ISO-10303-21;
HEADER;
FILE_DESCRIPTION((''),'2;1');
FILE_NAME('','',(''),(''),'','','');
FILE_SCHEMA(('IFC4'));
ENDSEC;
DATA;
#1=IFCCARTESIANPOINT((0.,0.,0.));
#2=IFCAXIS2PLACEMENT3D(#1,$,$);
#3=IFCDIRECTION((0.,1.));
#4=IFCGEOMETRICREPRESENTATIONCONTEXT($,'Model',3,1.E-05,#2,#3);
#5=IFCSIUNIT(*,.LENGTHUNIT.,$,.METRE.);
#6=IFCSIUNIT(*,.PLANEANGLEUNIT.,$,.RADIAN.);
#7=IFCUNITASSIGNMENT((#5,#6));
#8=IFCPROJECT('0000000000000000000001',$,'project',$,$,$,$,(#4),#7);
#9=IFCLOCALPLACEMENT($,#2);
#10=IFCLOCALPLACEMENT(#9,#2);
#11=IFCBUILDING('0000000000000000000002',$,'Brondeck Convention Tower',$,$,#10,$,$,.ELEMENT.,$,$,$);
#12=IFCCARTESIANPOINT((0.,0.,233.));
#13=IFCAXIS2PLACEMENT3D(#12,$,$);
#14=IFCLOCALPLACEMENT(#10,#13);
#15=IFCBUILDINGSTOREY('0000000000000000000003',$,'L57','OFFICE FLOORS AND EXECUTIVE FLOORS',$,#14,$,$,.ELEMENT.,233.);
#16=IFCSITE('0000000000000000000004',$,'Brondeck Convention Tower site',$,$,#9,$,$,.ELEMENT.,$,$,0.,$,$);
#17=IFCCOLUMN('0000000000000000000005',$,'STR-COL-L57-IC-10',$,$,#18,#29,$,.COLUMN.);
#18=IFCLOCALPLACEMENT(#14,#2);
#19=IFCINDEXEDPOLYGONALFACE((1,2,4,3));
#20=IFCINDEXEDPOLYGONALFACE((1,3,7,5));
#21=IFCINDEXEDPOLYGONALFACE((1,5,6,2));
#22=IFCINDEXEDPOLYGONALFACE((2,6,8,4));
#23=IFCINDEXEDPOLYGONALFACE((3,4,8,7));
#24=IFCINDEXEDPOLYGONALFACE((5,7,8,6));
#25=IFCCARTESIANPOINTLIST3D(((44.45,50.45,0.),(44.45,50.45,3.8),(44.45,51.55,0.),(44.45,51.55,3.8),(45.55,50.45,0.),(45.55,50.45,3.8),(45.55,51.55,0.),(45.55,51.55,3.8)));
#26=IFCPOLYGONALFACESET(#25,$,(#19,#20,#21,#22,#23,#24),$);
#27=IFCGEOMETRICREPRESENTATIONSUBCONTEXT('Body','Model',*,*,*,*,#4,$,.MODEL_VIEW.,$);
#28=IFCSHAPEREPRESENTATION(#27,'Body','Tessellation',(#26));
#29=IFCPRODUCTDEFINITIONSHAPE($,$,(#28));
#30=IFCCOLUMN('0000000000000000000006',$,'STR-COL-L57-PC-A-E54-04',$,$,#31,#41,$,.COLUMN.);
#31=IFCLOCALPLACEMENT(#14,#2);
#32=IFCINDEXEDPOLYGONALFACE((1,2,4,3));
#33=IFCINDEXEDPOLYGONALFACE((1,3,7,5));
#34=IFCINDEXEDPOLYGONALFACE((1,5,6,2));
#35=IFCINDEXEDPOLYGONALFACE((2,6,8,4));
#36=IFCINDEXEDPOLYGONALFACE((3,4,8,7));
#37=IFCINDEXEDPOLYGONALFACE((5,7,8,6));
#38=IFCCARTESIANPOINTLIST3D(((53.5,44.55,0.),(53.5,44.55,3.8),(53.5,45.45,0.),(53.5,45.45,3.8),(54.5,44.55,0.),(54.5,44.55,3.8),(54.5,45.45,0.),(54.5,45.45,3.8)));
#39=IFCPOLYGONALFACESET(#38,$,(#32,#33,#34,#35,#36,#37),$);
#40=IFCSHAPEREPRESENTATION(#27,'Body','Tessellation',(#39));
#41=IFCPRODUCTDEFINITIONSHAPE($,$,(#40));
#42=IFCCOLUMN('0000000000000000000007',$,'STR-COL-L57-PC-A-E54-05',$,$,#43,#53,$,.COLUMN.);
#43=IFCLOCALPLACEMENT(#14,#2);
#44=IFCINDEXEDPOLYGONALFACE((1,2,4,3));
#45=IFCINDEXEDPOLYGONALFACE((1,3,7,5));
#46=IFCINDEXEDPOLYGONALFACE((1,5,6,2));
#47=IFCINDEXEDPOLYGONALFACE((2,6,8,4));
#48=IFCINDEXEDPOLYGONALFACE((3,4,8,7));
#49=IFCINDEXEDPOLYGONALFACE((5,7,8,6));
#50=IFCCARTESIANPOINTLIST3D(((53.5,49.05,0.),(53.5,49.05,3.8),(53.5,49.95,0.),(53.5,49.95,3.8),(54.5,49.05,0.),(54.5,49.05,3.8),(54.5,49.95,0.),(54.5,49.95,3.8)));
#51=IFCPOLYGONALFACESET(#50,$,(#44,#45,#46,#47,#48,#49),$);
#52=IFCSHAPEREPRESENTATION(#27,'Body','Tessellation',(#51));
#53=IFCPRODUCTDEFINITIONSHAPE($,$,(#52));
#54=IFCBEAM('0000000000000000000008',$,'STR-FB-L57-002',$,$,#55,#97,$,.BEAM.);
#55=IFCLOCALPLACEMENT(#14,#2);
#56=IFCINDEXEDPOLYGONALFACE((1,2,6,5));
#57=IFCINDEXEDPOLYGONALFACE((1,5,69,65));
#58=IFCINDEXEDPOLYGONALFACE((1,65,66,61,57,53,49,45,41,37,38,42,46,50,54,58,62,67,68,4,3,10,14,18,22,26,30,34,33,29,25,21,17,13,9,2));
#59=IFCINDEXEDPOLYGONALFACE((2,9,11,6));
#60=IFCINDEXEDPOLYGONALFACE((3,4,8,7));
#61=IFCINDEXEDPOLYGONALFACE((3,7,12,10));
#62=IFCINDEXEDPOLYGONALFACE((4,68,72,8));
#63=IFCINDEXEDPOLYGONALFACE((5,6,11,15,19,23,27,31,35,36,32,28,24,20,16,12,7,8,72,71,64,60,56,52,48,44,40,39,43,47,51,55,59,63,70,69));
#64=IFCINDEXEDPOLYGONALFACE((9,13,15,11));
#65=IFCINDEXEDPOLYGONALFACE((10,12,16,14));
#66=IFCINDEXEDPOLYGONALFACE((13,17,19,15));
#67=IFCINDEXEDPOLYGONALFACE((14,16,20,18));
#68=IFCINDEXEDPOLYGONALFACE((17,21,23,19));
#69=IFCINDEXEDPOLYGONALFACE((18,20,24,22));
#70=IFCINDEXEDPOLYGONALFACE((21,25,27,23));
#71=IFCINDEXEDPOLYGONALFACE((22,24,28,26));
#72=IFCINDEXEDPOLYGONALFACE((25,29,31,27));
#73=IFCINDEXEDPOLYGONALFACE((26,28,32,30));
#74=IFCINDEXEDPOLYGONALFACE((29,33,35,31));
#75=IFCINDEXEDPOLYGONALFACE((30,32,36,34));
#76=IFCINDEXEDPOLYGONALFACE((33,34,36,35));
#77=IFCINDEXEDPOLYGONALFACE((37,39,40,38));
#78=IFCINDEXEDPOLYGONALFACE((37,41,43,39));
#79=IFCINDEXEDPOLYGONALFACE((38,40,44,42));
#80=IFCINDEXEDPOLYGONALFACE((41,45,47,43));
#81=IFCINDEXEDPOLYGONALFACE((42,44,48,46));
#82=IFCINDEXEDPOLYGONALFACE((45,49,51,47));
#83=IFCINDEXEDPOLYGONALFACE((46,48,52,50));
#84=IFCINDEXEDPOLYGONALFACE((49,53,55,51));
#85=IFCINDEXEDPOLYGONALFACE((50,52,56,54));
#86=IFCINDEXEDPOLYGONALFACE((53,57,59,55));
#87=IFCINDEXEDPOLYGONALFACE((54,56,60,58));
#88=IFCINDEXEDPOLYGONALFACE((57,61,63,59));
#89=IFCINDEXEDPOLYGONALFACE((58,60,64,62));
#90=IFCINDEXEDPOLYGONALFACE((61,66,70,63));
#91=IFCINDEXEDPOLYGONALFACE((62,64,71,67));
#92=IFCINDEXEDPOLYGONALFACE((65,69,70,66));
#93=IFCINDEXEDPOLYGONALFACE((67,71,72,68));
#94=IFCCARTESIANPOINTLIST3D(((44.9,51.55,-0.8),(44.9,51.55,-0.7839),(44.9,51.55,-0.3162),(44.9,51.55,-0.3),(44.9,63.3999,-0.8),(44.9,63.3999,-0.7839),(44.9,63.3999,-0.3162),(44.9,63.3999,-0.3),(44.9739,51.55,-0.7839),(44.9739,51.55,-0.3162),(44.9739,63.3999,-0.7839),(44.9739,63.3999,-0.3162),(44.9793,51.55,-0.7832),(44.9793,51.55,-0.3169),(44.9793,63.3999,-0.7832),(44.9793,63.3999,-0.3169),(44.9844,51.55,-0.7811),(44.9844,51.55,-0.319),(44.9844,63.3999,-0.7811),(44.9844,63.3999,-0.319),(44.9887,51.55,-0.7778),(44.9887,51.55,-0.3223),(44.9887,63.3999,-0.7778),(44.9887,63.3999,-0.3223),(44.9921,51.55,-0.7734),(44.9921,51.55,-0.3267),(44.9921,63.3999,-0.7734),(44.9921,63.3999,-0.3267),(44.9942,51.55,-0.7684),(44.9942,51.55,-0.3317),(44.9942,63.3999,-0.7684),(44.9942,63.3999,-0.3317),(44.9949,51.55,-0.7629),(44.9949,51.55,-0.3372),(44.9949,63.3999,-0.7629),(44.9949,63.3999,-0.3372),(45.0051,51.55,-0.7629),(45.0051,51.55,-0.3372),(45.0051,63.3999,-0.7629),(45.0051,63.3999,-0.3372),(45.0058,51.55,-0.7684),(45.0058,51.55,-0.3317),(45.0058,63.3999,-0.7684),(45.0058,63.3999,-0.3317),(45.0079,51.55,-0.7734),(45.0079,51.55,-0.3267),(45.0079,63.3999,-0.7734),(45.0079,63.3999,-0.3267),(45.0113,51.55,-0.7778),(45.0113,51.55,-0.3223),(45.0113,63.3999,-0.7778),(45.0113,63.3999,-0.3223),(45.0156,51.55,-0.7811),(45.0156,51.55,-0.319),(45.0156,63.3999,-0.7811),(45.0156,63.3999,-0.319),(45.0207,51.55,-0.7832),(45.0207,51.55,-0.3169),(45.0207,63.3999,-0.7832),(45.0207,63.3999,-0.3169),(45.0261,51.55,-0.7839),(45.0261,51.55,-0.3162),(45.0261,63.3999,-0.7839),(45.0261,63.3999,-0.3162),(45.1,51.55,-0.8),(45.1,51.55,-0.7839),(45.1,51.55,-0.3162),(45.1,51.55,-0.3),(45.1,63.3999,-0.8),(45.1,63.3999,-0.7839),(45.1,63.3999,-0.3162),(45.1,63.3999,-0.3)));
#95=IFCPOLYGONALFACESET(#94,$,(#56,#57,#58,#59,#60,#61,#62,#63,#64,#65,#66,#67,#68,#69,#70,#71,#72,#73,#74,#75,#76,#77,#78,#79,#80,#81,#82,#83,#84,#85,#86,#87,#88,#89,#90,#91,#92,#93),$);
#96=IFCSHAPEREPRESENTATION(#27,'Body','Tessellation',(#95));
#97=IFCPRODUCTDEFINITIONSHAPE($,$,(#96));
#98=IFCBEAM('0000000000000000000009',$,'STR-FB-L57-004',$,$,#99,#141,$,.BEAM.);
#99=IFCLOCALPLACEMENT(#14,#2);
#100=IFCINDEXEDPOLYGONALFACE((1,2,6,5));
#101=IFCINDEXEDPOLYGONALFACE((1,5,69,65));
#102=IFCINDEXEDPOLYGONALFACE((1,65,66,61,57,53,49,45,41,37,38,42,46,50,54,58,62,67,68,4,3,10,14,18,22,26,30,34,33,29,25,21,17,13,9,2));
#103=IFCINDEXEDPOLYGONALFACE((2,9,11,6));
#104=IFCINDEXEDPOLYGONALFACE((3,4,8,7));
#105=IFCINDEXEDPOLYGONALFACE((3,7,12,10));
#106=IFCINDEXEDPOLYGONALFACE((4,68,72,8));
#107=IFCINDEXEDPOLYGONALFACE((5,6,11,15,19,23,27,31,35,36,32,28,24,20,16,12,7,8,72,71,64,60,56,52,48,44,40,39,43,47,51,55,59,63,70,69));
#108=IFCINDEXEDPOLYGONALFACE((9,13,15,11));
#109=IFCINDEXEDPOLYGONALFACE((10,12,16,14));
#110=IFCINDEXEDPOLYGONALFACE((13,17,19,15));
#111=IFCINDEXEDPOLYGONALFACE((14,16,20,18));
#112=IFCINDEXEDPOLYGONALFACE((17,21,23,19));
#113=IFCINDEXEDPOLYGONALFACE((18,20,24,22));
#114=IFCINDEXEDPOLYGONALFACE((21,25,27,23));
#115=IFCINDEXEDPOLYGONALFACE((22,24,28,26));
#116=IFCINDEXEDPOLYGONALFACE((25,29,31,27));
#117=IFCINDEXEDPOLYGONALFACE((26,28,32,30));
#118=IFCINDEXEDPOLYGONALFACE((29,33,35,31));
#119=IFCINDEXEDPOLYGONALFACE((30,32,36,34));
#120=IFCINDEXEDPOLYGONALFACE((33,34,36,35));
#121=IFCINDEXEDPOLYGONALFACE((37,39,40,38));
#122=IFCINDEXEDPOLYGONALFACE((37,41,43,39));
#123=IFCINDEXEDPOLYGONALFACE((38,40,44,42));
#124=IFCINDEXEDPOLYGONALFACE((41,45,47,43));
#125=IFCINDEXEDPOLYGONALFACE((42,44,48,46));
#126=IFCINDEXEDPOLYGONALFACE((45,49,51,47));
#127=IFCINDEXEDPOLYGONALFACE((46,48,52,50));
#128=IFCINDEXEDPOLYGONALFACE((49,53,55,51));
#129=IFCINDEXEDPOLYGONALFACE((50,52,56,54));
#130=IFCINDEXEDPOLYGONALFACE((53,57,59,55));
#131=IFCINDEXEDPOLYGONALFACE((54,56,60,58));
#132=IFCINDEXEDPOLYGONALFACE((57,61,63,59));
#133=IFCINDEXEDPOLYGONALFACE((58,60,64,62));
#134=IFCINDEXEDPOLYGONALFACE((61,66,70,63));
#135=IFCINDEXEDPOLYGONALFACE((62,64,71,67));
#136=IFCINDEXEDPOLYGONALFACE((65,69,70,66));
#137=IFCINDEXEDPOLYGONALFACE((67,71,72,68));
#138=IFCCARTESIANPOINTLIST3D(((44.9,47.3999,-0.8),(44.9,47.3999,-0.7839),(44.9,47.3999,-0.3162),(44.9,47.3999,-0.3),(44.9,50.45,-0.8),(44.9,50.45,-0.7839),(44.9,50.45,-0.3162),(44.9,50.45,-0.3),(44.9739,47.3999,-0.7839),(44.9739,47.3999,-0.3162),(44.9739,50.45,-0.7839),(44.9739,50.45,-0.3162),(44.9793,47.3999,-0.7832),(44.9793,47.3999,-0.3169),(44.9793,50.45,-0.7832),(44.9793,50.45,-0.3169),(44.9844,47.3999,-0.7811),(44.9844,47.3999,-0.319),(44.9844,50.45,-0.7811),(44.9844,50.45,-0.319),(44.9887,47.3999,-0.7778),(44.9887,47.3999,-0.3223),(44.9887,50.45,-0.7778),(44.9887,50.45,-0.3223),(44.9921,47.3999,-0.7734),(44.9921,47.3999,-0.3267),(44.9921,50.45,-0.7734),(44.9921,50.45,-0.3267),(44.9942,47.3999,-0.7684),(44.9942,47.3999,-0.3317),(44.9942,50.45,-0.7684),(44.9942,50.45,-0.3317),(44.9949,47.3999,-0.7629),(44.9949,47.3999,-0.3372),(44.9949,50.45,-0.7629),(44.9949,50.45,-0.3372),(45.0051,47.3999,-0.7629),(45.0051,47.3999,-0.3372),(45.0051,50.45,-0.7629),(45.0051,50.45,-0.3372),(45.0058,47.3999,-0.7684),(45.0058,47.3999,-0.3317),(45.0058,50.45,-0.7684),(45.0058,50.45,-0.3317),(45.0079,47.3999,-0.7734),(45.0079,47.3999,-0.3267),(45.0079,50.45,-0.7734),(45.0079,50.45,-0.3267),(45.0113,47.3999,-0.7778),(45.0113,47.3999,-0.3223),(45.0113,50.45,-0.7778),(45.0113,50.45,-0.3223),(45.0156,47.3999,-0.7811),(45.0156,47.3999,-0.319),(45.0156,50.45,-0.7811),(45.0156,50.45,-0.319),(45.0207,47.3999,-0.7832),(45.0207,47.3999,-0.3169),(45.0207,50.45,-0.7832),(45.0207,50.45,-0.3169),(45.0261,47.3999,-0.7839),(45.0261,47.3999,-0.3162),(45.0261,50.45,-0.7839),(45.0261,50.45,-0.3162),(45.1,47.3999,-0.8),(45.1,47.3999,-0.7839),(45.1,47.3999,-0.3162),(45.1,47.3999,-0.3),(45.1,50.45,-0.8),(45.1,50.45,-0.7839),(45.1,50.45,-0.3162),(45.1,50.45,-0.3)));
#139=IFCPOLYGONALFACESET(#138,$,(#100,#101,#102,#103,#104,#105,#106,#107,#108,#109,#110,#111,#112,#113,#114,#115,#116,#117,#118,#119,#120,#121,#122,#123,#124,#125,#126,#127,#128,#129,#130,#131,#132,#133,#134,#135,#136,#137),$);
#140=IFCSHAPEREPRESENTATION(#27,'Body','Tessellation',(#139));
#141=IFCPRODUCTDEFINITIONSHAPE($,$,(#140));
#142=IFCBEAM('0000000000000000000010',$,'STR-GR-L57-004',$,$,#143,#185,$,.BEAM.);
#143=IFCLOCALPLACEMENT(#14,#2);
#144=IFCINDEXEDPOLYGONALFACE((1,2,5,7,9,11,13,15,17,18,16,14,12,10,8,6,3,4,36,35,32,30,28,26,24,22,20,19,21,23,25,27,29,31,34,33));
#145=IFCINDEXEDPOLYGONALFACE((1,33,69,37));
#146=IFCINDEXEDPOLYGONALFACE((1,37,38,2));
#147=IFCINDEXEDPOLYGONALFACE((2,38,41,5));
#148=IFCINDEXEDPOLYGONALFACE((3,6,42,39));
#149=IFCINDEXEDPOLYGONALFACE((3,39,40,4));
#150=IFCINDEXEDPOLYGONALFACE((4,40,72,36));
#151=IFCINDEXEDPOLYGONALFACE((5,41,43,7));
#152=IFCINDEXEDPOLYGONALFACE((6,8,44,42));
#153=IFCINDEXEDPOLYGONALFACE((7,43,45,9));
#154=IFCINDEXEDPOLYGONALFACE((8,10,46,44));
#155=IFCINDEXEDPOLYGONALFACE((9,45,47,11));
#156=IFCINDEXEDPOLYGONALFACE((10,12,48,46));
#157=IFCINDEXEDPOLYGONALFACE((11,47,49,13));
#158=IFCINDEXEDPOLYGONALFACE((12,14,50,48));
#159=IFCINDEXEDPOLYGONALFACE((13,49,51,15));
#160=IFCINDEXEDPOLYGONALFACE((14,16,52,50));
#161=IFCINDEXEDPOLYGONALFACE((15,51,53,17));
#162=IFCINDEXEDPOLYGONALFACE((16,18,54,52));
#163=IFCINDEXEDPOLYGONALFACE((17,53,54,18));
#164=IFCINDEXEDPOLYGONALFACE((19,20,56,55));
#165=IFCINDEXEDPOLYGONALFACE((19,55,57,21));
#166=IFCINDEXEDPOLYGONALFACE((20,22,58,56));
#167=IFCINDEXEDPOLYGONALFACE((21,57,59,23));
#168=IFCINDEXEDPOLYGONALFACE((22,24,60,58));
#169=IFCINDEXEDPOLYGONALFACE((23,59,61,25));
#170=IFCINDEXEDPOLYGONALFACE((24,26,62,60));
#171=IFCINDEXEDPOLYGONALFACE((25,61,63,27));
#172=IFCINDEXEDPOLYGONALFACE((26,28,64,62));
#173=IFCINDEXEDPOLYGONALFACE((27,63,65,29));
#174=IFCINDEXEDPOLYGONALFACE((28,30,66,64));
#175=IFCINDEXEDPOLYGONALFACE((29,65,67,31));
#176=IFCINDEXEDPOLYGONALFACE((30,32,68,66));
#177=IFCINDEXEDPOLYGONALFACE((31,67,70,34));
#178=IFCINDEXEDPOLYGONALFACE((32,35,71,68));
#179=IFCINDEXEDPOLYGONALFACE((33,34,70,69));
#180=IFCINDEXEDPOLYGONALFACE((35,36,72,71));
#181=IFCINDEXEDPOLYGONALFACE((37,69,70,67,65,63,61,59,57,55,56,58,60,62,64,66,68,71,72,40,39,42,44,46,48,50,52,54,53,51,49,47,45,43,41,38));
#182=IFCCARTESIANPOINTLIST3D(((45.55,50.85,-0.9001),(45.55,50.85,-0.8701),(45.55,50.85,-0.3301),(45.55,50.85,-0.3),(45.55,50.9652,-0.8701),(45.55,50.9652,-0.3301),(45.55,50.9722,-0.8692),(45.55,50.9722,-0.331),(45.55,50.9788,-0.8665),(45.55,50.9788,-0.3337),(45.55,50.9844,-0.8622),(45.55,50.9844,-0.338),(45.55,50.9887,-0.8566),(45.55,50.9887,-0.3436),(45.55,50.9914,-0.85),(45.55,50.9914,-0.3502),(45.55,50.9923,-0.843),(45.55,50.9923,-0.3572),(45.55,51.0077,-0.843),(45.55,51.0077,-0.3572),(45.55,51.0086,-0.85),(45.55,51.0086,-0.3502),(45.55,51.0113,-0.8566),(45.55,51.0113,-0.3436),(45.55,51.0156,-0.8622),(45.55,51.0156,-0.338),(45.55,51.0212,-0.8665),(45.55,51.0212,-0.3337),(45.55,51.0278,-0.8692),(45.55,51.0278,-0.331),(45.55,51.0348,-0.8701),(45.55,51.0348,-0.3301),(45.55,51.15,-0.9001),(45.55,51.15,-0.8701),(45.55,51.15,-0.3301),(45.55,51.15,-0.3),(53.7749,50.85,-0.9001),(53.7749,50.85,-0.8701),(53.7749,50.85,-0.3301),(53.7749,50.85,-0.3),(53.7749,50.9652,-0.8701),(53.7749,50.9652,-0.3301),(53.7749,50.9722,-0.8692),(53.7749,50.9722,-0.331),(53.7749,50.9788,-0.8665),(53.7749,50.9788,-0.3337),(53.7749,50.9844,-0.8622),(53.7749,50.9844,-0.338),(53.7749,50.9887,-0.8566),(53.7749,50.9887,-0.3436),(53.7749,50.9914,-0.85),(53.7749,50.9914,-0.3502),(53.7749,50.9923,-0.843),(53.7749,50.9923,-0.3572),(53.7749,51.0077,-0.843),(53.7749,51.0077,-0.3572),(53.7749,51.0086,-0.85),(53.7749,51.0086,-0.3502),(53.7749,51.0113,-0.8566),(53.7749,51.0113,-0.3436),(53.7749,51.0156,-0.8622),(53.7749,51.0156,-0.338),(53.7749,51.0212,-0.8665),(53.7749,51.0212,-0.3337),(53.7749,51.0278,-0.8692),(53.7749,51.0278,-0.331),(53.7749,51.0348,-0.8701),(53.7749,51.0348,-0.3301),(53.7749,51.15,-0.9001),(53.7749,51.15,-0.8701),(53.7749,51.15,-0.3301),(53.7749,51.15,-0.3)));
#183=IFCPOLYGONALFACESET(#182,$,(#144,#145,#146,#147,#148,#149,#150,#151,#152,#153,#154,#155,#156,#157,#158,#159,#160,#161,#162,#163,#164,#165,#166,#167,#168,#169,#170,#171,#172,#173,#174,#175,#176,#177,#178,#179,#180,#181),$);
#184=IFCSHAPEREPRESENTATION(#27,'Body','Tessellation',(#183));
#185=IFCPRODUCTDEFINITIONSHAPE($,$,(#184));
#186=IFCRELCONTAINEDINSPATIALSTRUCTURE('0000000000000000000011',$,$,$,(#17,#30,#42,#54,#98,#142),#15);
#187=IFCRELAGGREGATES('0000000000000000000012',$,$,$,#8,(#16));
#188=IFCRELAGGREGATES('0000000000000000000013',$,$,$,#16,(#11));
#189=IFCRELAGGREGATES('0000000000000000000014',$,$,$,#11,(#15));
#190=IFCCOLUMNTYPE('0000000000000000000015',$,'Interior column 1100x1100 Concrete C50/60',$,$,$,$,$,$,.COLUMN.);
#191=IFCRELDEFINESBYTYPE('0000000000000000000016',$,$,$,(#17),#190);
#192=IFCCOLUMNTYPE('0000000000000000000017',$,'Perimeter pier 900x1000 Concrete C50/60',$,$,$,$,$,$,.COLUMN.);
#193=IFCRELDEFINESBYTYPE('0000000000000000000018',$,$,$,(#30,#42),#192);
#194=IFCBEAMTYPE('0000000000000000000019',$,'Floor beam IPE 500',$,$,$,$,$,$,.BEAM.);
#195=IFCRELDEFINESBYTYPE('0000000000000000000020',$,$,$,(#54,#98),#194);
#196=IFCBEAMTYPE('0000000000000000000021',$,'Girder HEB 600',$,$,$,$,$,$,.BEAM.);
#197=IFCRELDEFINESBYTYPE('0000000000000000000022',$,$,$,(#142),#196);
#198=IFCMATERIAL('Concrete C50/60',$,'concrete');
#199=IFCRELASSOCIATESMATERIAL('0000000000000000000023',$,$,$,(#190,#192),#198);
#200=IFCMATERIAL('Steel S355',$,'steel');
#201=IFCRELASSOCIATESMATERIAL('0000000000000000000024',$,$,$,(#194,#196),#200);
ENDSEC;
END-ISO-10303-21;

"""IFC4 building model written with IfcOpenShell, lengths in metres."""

from ifc_helpers import new_model, si_unit, direction, frame, origin, origin_2d, place, context, subcontext, project, spatial, rectangle, i_section, extrude, material, material_profile, profile_set, type_object, element, save


model = new_model("IFC4")

# Units and contexts
model_context = context("Model", 3, precision=1e-05, world=origin(), true_north=direction((0.0, 1.0)))
body_context = subcontext(model_context, "Body", "Model", "MODEL_VIEW")
ifc_project = project(units=[si_unit("LENGTHUNIT", "METRE"), si_unit("PLANEANGLEUNIT", "RADIAN")], contexts=[model_context])

# Site, building, storey
site_placement = place(None, origin())
site = spatial("IfcSite", under=ifc_project, at=site_placement, Name="Brondeck Convention Tower site", CompositionType="ELEMENT", RefElevation=0.0)
building_placement = place(site_placement, origin())
building = spatial("IfcBuilding", under=site, at=building_placement, Name="Brondeck Convention Tower", CompositionType="ELEMENT")
storey_placement = place(building_placement, frame((0.0, 0.0, 233.0)))
storey = spatial("IfcBuildingStorey", under=building, at=storey_placement, Name="L57", Description="OFFICE FLOORS AND EXECUTIVE FLOORS", CompositionType="ELEMENT", Elevation=233.0)

# Columns
ifc_material_1 = material(Name="Concrete C50/60", Category="concrete")
ifc_material_profile_1 = material_profile(ifc_material_1, rectangle(XDim=1.1001, YDim=1.1001, at=origin_2d()), Name="Interior column 1100x1100 Concrete C50/60")
ifc_profile_set_1 = profile_set([ifc_material_profile_1], Name="Concrete C50/60")
column_type_1 = type_object("IfcColumnType", Name="Interior column 1100x1100 Concrete C50/60", PredefinedType="COLUMN", material=ifc_profile_set_1)
column_placement = place(storey_placement, frame((45.0, 51.0, 0.0), z_axis=(0.0, 0.0, 1.0), x_axis=(1.0, 0.0, 0.0)))
element("IfcColumn", 1, at=column_placement, inside=storey, type_object=column_type_1, Name="STR-COL-L57-IC-10", PredefinedType="COLUMN", context=body_context, shape_type="SweptSolid", body=[
    extrude(rectangle(XDim=1.1001, YDim=1.1001, at=origin_2d()), origin(), (0.0, 0.0, 1.0), 3.8),
])
ifc_material_profile_2 = material_profile(ifc_material_1, rectangle(XDim=0.8999, YDim=1.0, at=origin_2d()), Name="Perimeter pier 900x1000 Concrete C50/60")
ifc_profile_set_2 = profile_set([ifc_material_profile_2], Name="Concrete C50/60")
column_type_2 = type_object("IfcColumnType", Name="Perimeter pier 900x1000 Concrete C50/60", PredefinedType="COLUMN", material=ifc_profile_set_2)
for number, where, z_axis, x_axis, name in (
    (2, (54.0, 45.0, 0.0), (0.0, 0.0, 1.0), (0.0, 1.0, 0.0), "STR-COL-L57-PC-A-E54-04"),
    (3, (54.0, 49.5, 0.0), (0.0, 0.0, 1.0), (0.0, 1.0, 0.0), "STR-COL-L57-PC-A-E54-05"),
):
    element("IfcColumn", number, at=place(storey_placement, frame(where, z_axis=z_axis, x_axis=x_axis)), inside=storey, type_object=column_type_2, Name=name, PredefinedType="COLUMN", context=body_context, shape_type="SweptSolid", body=[
        extrude(rectangle(XDim=0.8999, YDim=1.0, at=origin_2d()), origin(), (0.0, 0.0, 1.0), 3.8),
    ])

# Beams
ifc_material_2 = material(Name="Steel S355", Category="steel")
ifc_material_profile_3 = material_profile(ifc_material_2, i_section(OverallWidth=0.2, OverallDepth=0.5, WebThickness=0.0103, FlangeThickness=0.0161, FilletRadius=0.021, at=origin_2d()), Name="IPE 500")
ifc_profile_set_3 = profile_set([ifc_material_profile_3], Name="Steel S355")
beam_type_1 = type_object("IfcBeamType", Name="Floor beam IPE 500", PredefinedType="BEAM", material=ifc_profile_set_3)
beam_1_placement = place(storey_placement, frame((45.0, 51.55, -0.55), z_axis=(0.0, 1.0, 0.0), x_axis=(-1.0, 0.0, 0.0)))
element("IfcBeam", 4, at=beam_1_placement, inside=storey, type_object=beam_type_1, Name="STR-FB-L57-002", PredefinedType="BEAM", context=body_context, shape_type="SweptSolid", body=[
    extrude(i_section(OverallWidth=0.2, OverallDepth=0.5, WebThickness=0.0103, FlangeThickness=0.0161, FilletRadius=0.021, at=origin_2d()), origin(), (0.0, 0.0, 1.0), 11.8499),
])
beam_2_placement = place(storey_placement, frame((45.0, 47.3999, -0.55), z_axis=(0.0, 1.0, 0.0), x_axis=(-1.0, 0.0, 0.0)))
element("IfcBeam", 5, at=beam_2_placement, inside=storey, type_object=beam_type_1, Name="STR-FB-L57-004", PredefinedType="BEAM", context=body_context, shape_type="SweptSolid", body=[
    extrude(i_section(OverallWidth=0.2, OverallDepth=0.5, WebThickness=0.0103, FlangeThickness=0.0161, FilletRadius=0.021, at=origin_2d()), origin(), (0.0, 0.0, 1.0), 3.05),
])
ifc_material_profile_4 = material_profile(ifc_material_2, i_section(OverallWidth=0.3, OverallDepth=0.6001, WebThickness=0.0154, FlangeThickness=0.03, FilletRadius=0.0271, at=origin_2d()), Name="HEB 600")
ifc_profile_set_4 = profile_set([ifc_material_profile_4], Name="Steel S355")
beam_type_2 = type_object("IfcBeamType", Name="Girder HEB 600", PredefinedType="BEAM", material=ifc_profile_set_4)
beam_3_placement = place(storey_placement, frame((45.55, 51.0, -0.6001), z_axis=(1.0, 0.0, 0.0), x_axis=(0.0, 1.0, 0.0)))
element("IfcBeam", 6, at=beam_3_placement, inside=storey, type_object=beam_type_2, Name="STR-GR-L57-004", PredefinedType="BEAM", context=body_context, shape_type="SweptSolid", body=[
    extrude(i_section(OverallWidth=0.3, OverallDepth=0.6001, WebThickness=0.0154, FlangeThickness=0.03, FilletRadius=0.0271, at=origin_2d()), origin(), (0.0, 0.0, 1.0), 8.2249),
])

save(model, "model.ifc")
